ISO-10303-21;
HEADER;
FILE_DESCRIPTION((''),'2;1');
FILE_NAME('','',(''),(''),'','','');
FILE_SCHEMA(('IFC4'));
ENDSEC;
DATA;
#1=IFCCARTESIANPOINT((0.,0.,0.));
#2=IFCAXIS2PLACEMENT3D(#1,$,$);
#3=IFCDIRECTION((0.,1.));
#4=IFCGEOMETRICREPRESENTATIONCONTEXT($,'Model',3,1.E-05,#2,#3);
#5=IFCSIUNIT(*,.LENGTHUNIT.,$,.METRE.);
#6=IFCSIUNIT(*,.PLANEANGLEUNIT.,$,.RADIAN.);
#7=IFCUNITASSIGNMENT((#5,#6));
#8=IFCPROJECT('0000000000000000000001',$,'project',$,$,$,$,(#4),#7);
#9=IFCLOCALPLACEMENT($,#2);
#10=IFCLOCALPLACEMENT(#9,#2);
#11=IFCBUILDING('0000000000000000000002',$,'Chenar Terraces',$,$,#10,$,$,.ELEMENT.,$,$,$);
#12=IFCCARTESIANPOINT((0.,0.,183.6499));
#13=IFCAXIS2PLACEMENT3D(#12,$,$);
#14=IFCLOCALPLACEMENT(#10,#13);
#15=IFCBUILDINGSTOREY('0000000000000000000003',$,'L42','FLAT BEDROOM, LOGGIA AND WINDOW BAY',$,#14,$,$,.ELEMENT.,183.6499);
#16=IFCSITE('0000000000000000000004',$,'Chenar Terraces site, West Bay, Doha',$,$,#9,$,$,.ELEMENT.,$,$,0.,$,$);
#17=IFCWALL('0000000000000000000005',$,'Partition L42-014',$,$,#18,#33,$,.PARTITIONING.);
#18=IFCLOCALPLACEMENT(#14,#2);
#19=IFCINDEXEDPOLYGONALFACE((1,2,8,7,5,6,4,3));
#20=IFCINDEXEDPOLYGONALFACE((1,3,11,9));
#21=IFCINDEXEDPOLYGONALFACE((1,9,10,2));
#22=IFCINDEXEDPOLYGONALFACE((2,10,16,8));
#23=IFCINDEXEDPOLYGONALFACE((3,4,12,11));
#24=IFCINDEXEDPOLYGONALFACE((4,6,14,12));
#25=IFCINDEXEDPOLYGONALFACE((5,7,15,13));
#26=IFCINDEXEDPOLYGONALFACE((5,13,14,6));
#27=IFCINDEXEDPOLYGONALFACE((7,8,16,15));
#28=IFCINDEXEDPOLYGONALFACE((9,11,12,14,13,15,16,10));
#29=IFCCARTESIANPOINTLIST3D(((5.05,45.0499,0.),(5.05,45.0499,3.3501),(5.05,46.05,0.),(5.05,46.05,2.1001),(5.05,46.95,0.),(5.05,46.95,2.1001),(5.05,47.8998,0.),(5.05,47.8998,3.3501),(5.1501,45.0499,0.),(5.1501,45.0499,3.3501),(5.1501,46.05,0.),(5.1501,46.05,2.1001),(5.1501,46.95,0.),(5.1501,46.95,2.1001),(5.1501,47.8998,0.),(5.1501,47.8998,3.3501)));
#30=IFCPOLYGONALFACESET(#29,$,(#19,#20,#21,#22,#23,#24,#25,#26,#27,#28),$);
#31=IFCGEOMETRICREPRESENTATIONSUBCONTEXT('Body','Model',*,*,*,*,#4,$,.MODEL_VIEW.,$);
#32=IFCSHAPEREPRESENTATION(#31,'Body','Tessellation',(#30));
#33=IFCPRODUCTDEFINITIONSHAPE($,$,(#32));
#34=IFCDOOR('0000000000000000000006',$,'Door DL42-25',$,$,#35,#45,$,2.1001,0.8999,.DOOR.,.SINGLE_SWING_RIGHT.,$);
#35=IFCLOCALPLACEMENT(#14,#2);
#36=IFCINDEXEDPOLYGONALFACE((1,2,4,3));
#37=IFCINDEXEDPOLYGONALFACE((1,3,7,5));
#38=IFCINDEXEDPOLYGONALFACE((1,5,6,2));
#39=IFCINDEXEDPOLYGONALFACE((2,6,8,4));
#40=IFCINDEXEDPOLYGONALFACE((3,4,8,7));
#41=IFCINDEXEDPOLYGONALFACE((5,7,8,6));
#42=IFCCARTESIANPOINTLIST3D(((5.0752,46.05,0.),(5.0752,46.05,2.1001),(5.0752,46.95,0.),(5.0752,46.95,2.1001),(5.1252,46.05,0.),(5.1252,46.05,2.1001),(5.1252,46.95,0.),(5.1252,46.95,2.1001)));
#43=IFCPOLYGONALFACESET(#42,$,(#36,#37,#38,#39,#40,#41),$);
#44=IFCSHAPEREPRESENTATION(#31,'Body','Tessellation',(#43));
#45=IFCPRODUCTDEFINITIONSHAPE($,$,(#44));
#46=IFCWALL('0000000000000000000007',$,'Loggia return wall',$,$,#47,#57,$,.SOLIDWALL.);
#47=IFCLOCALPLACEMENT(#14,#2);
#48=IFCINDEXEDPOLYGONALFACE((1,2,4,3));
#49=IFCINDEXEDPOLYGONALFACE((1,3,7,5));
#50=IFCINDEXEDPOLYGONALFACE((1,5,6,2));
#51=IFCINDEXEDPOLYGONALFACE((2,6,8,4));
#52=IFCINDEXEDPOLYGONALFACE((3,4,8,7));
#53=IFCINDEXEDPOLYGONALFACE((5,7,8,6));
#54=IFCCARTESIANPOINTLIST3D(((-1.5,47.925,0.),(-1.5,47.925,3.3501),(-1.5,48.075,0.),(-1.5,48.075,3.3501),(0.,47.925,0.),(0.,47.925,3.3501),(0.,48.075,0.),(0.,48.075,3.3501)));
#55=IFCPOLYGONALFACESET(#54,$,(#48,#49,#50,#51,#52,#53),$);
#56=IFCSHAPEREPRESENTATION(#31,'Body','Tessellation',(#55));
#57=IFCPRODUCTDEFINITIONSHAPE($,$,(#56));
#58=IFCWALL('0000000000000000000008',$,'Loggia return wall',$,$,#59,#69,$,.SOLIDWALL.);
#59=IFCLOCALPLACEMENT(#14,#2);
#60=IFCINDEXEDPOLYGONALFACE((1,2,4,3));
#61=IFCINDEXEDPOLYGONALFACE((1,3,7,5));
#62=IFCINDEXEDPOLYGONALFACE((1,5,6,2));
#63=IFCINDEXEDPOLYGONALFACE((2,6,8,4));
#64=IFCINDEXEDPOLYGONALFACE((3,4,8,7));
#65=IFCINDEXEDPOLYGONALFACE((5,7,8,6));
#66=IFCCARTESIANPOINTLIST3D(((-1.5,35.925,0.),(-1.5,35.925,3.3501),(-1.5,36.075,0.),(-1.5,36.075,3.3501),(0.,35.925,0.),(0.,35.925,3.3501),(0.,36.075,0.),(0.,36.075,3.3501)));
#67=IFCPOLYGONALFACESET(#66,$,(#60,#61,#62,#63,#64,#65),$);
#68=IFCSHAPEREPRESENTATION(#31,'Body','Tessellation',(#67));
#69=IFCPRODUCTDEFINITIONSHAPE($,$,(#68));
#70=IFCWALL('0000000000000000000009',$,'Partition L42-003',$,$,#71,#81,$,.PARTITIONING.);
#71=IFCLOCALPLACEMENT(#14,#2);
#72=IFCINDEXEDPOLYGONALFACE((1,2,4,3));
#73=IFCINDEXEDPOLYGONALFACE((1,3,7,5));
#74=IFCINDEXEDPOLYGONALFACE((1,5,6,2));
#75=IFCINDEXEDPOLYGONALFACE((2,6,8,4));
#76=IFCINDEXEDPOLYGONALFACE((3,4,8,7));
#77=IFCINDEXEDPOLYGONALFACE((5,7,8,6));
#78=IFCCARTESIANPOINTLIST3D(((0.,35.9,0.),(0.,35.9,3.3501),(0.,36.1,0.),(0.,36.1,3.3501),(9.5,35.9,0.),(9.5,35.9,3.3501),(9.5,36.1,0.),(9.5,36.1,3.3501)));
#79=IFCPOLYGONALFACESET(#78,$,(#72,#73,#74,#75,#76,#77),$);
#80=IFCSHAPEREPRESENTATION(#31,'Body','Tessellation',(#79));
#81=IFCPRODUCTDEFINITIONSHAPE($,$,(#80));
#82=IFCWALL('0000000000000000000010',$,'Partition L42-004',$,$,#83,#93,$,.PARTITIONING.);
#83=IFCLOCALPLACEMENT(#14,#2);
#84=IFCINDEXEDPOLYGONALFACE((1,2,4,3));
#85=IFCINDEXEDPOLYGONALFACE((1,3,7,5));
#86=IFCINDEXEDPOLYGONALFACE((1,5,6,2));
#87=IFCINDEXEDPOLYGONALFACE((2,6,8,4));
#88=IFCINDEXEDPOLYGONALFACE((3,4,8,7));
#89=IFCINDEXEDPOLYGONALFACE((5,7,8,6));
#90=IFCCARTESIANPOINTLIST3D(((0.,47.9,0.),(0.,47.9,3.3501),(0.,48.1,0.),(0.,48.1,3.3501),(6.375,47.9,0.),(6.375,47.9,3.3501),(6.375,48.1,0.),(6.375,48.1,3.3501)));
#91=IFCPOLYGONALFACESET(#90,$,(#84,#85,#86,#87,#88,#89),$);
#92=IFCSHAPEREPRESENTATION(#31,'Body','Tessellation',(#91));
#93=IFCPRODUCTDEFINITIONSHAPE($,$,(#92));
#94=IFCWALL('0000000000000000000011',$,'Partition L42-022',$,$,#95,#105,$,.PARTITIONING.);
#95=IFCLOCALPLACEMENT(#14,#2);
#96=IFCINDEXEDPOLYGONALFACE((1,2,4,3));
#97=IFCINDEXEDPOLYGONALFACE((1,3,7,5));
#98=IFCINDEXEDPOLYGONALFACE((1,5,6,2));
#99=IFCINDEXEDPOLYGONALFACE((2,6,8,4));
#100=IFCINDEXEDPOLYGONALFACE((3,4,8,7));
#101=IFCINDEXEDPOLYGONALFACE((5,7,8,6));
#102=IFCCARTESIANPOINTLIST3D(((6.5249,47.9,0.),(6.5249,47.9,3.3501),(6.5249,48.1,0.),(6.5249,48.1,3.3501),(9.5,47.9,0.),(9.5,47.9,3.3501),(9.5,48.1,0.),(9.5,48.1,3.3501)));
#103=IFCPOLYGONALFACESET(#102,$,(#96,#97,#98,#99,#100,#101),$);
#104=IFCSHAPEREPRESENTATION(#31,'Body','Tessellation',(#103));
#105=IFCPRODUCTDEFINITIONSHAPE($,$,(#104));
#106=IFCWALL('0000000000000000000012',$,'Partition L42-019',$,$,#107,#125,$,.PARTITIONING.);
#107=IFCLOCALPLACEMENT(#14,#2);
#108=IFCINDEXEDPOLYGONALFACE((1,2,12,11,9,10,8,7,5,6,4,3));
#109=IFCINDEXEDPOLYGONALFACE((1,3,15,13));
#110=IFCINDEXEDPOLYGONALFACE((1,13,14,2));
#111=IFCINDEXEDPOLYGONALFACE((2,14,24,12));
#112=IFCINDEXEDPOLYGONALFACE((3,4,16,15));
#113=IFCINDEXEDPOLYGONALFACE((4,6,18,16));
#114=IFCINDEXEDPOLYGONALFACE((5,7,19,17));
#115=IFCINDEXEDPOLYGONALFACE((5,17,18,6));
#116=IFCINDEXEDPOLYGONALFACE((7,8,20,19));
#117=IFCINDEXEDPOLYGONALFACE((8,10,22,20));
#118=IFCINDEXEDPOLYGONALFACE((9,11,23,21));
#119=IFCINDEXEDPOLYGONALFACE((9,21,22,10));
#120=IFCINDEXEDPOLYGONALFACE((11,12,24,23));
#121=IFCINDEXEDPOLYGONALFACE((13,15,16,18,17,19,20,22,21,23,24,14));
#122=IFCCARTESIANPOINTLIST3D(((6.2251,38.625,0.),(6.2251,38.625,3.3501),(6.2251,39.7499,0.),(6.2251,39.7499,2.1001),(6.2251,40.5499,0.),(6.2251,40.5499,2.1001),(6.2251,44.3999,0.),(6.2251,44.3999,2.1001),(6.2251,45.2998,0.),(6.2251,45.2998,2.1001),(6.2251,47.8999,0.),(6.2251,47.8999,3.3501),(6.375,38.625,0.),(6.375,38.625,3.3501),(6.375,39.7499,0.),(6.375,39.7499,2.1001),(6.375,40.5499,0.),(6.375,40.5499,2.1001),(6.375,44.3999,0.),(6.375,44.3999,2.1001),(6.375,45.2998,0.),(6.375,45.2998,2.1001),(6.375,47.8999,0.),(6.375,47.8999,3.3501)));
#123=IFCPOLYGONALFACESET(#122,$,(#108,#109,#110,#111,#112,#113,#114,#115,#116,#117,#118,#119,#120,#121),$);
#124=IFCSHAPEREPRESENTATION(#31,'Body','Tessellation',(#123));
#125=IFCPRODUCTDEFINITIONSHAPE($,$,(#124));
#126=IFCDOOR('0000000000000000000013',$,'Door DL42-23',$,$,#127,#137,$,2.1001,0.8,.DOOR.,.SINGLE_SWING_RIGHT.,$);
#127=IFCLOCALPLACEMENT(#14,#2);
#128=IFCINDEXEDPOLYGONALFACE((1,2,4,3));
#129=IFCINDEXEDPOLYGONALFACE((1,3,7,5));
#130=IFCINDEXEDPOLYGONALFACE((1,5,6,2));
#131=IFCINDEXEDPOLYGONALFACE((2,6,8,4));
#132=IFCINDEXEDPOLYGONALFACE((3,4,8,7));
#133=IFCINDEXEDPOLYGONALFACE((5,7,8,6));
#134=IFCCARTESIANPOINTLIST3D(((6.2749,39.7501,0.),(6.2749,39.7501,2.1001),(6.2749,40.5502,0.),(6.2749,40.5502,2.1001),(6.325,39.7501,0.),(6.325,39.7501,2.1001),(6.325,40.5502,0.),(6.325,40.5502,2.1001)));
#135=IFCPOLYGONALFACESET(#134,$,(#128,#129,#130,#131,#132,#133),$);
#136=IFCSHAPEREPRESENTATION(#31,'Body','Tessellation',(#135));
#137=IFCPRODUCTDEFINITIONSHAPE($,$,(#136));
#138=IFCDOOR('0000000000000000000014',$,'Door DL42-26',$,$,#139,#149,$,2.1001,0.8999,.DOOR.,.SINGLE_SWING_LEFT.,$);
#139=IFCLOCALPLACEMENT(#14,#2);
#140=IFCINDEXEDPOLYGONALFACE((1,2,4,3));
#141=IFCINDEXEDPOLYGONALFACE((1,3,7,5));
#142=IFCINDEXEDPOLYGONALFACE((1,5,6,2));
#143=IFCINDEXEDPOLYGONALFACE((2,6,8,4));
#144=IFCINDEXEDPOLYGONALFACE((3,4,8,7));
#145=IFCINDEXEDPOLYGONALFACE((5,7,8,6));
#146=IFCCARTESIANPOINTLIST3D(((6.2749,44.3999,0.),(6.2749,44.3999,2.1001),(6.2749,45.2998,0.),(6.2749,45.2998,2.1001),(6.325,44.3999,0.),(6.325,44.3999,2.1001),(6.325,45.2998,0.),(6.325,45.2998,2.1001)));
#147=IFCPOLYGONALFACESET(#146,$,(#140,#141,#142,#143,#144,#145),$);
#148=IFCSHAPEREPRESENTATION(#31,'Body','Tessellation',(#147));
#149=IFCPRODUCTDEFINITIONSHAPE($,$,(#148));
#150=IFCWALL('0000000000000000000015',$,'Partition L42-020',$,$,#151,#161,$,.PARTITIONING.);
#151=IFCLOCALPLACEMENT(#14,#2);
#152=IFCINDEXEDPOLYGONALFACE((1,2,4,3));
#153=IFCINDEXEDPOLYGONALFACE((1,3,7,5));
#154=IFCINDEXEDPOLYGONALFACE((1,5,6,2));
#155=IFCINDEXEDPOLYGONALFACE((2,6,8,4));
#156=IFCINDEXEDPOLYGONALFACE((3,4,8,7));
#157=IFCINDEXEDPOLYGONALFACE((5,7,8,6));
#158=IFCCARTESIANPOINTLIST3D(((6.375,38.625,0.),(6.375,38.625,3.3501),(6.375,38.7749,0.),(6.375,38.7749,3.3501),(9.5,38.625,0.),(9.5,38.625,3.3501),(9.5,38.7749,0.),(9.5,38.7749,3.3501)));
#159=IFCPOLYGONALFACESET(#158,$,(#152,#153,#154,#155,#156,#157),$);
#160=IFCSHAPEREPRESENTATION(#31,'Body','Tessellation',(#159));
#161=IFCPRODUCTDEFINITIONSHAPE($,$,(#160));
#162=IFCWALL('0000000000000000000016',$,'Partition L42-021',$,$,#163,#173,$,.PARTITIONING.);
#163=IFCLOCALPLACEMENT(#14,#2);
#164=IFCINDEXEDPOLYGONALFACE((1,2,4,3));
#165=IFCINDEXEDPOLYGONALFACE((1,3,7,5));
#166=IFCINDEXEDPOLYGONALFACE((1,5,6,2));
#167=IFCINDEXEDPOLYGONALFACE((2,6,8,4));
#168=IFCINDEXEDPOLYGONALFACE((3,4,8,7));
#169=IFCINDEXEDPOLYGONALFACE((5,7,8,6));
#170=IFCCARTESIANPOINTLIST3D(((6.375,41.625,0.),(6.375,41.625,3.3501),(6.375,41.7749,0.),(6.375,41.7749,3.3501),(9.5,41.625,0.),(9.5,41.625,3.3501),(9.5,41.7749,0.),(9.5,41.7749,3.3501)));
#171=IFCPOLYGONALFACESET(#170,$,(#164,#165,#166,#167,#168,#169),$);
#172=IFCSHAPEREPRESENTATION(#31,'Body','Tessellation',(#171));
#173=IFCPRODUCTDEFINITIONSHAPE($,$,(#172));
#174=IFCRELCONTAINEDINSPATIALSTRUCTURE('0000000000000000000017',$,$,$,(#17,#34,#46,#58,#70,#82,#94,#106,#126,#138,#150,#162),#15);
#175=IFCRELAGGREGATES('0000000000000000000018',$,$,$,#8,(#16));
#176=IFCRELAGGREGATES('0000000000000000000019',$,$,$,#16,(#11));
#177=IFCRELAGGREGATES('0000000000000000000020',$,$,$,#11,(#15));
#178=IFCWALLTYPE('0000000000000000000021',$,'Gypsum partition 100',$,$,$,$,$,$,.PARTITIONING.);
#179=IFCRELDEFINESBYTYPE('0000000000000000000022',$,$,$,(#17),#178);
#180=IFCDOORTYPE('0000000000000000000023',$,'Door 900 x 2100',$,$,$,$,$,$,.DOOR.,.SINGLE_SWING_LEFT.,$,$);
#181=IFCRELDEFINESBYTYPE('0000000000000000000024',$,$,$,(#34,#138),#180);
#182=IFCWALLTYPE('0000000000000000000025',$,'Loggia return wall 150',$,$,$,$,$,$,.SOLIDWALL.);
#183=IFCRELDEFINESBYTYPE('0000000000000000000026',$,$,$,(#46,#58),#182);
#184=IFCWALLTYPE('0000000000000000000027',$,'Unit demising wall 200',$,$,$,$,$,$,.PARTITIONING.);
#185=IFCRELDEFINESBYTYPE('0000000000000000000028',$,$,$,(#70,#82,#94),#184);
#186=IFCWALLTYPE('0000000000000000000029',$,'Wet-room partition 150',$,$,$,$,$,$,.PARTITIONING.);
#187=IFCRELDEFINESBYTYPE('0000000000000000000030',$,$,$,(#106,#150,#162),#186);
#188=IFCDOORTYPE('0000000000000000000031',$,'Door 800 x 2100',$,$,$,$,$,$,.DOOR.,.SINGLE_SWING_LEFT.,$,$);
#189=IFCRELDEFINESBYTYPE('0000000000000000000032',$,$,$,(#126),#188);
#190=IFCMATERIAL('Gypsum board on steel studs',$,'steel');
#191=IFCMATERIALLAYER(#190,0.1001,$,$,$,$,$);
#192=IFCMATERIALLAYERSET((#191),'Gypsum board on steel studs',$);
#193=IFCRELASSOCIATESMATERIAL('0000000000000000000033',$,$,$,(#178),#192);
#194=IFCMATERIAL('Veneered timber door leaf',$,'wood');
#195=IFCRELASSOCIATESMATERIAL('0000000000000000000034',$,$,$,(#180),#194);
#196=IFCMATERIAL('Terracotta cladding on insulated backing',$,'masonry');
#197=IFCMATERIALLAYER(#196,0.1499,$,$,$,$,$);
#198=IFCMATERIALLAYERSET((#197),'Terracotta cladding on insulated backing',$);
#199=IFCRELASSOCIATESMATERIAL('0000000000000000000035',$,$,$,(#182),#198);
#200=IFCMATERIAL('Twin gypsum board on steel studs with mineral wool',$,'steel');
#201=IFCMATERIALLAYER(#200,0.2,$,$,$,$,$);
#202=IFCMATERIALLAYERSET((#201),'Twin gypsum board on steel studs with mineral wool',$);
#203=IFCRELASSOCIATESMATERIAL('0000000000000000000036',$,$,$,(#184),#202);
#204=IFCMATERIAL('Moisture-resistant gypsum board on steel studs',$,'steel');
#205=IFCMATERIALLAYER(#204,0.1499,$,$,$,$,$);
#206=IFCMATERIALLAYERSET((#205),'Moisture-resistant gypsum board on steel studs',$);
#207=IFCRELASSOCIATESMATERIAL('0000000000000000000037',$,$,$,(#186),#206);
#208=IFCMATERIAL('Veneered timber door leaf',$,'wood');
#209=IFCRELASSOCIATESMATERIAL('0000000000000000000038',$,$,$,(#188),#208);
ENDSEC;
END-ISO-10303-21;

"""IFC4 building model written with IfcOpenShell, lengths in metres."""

from ifc_helpers import new_model, si_unit, direction, frame, frame_2d, origin, place, context, subcontext, project, spatial, rectangle, extrude, material, layer, layer_set, type_object, element, fill, save


model = new_model("IFC4")

# Units and contexts
model_context = context("Model", 3, precision=1e-05, world=origin(), true_north=direction((0.0, 1.0)))
body_context = subcontext(model_context, "Body", "Model", "MODEL_VIEW")
ifc_project = project(units=[si_unit("LENGTHUNIT", "METRE"), si_unit("PLANEANGLEUNIT", "RADIAN")], contexts=[model_context])

# Site, building, storey
site_placement = place(None, origin())
site = spatial("IfcSite", under=ifc_project, at=site_placement, Name="Chenar Terraces site, West Bay, Doha", CompositionType="ELEMENT", RefElevation=0.0)
building_placement = place(site_placement, origin())
building = spatial("IfcBuilding", under=site, at=building_placement, Name="Chenar Terraces", CompositionType="ELEMENT")
storey_placement = place(building_placement, frame((0.0, 0.0, 183.6499)))
storey = spatial("IfcBuildingStorey", under=building, at=storey_placement, Name="L42", Description="FLAT BEDROOM, LOGGIA AND WINDOW BAY", CompositionType="ELEMENT", Elevation=183.6499)

# Shared definitions
placement = place(storey_placement, frame((0.0, 36.0, 0.0), z_axis=(0.0, 0.0, 1.0), x_axis=(1.0, 0.0, 0.0)))

# Shared definitions
ifc_material_1 = material(Name="Gypsum board on steel studs", Category="steel")
ifc_layer_1 = layer(ifc_material_1, 0.1001)
ifc_layer_set_1 = layer_set([ifc_layer_1], Name="Gypsum board on steel studs")
wall_type_1 = type_object("IfcWallType", Name="Gypsum partition 100", PredefinedType="PARTITIONING", material=ifc_layer_set_1)

# Wall, opening, door
ifc_material_2 = material(Name="Veneered timber door leaf", Category="wood")
door_type_1 = type_object("IfcDoorType", Name="Door 900 x 2100", OperationType="SINGLE_SWING_LEFT", PredefinedType="DOOR", material=ifc_material_2)
wall_1_placement = place(storey_placement, frame((5.1001, 45.05, 0.0), z_axis=(0.0, 0.0, 1.0), x_axis=(0.0, 1.0, 0.0)))
wall_1 = element("IfcWall", 1, at=wall_1_placement, inside=storey, type_object=wall_type_1, Name="Partition L42-014", PredefinedType="PARTITIONING", context=body_context, shape_type="SweptSolid", body=[
    extrude(rectangle(XDim=2.8499, YDim=0.1001, at=frame_2d((1.4248, 0.0))), origin(), (0.0, 0.0, 1.0), 3.3501),
])
opening_1_placement = place(wall_1_placement, frame((1.0, 0.0, 0.0)))
opening_1 = element("IfcOpeningElement", 2, at=opening_1_placement, cuts=wall_1, PredefinedType="OPENING", context=body_context, shape_type="SweptSolid", body=[
    extrude(rectangle(XDim=0.8999, YDim=2.1001, at=frame_2d((0.45, 1.05))), frame((0.0, 0.0601, 0.0), z_axis=(0.0, -1.0, 0.0), x_axis=(1.0, 0.0, 0.0)), (0.0, 0.0, 1.0), 0.1201),
])
door_1_placement = place(opening_1_placement, origin())
door_1 = element("IfcDoor", 3, at=door_1_placement, inside=storey, type_object=door_type_1, Name="Door DL42-25", OperationType="SINGLE_SWING_RIGHT", OverallHeight=2.1001, OverallWidth=0.8999, PredefinedType="DOOR", context=body_context, shape_type="SweptSolid", body=[
    extrude(rectangle(XDim=0.8999, YDim=2.1001, at=frame_2d((0.45, 1.05))), frame((0.0, 0.0249, 0.0), z_axis=(0.0, -1.0, 0.0), x_axis=(1.0, 0.0, 0.0)), (0.0, 0.0, 1.0), 0.05),
])
fill(opening_1, door_1)

# Walls
ifc_material_3 = material(Name="Terracotta cladding on insulated backing", Category="masonry")
ifc_layer_2 = layer(ifc_material_3, 0.1499)
ifc_layer_set_2 = layer_set([ifc_layer_2], Name="Terracotta cladding on insulated backing")
wall_type_2 = type_object("IfcWallType", Name="Loggia return wall 150", PredefinedType="SOLIDWALL", material=ifc_layer_set_2)
for number, where, z_axis, x_axis, name in (
    (4, (-1.5, 48.0, 0.0), (0.0, 0.0, 1.0), (1.0, 0.0, 0.0), "Loggia return wall"),
    (5, (-1.5, 36.0, 0.0), (0.0, 0.0, 1.0), (1.0, 0.0, 0.0), "Loggia return wall"),
):
    element("IfcWall", number, at=place(storey_placement, frame(where, z_axis=z_axis, x_axis=x_axis)), inside=storey, type_object=wall_type_2, Name=name, PredefinedType="SOLIDWALL", context=body_context, shape_type="SweptSolid", body=[
        extrude(rectangle(XDim=1.5, YDim=0.1499, at=frame_2d((0.75, 0.0))), origin(), (0.0, 0.0, 1.0), 3.3501),
    ])
ifc_material_4 = material(Name="Twin gypsum board on steel studs with mineral wool", Category="steel")
ifc_layer_3 = layer(ifc_material_4, 0.2)
ifc_layer_set_3 = layer_set([ifc_layer_3], Name="Twin gypsum board on steel studs with mineral wool")
wall_type_3 = type_object("IfcWallType", Name="Unit demising wall 200", PredefinedType="PARTITIONING", material=ifc_layer_set_3)
element("IfcWall", 6, at=placement, inside=storey, type_object=wall_type_3, Name="Partition L42-003", PredefinedType="PARTITIONING", context=body_context, shape_type="SweptSolid", body=[
    extrude(rectangle(XDim=9.5, YDim=0.2, at=frame_2d((4.75, 0.0))), origin(), (0.0, 0.0, 1.0), 3.3501),
])
wall_2_placement = place(storey_placement, frame((0.0, 48.0, 0.0), z_axis=(0.0, 0.0, 1.0), x_axis=(1.0, 0.0, 0.0)))
element("IfcWall", 7, at=wall_2_placement, inside=storey, type_object=wall_type_3, Name="Partition L42-004", PredefinedType="PARTITIONING", context=body_context, shape_type="SweptSolid", body=[
    extrude(rectangle(XDim=6.375, YDim=0.2, at=frame_2d((3.1875, 0.0))), origin(), (0.0, 0.0, 1.0), 3.3501),
])
wall_3_placement = place(storey_placement, frame((6.5249, 48.0, 0.0), z_axis=(0.0, 0.0, 1.0), x_axis=(1.0, 0.0, 0.0)))
element("IfcWall", 8, at=wall_3_placement, inside=storey, type_object=wall_type_3, Name="Partition L42-022", PredefinedType="PARTITIONING", context=body_context, shape_type="SweptSolid", body=[
    extrude(rectangle(XDim=2.9751, YDim=0.2, at=frame_2d((1.4875, 0.0))), origin(), (0.0, 0.0, 1.0), 3.3501),
])

# Wall, openings, doors
ifc_material_5 = material(Name="Moisture-resistant gypsum board on steel studs", Category="steel")
ifc_layer_4 = layer(ifc_material_5, 0.1499)
ifc_layer_set_4 = layer_set([ifc_layer_4], Name="Moisture-resistant gypsum board on steel studs")
wall_type_4 = type_object("IfcWallType", Name="Wet-room partition 150", PredefinedType="PARTITIONING", material=ifc_layer_set_4)
wall_4_placement = place(storey_placement, frame((6.3, 38.625, 0.0), z_axis=(0.0, 0.0, 1.0), x_axis=(0.0, 1.0, 0.0)))
wall_4 = element("IfcWall", 9, at=wall_4_placement, inside=storey, type_object=wall_type_4, Name="Partition L42-019", PredefinedType="PARTITIONING", context=body_context, shape_type="SweptSolid", body=[
    extrude(rectangle(XDim=9.2749, YDim=0.1499, at=frame_2d((4.6375, 0.0))), origin(), (0.0, 0.0, 1.0), 3.3501),
])
opening_2_placement = place(wall_4_placement, frame((1.125, 0.0, 0.0)))
opening_2 = element("IfcOpeningElement", 10, at=opening_2_placement, cuts=wall_4, PredefinedType="OPENING", context=body_context, shape_type="SweptSolid", body=[
    extrude(rectangle(XDim=0.8, YDim=2.1001, at=frame_2d((0.3999, 1.05))), frame((0.0, 0.085, 0.0), z_axis=(0.0, -1.0, 0.0), x_axis=(1.0, 0.0, 0.0)), (0.0, 0.0, 1.0), 0.1699),
])
opening_3_placement = place(wall_4_placement, frame((5.7749, 0.0, 0.0)))
opening_3 = element("IfcOpeningElement", 11, at=opening_3_placement, cuts=wall_4, PredefinedType="OPENING", context=body_context, shape_type="SweptSolid", body=[
    extrude(rectangle(XDim=0.8999, YDim=2.1001, at=frame_2d((0.45, 1.05))), frame((0.0, 0.085, 0.0), z_axis=(0.0, -1.0, 0.0), x_axis=(1.0, 0.0, 0.0)), (0.0, 0.0, 1.0), 0.1699),
])
ifc_material_6 = material(Name="Veneered timber door leaf", Category="wood")
door_type_2 = type_object("IfcDoorType", Name="Door 800 x 2100", OperationType="SINGLE_SWING_LEFT", PredefinedType="DOOR", material=ifc_material_6)
door_2_placement = place(opening_2_placement, frame((0.8, 0.0, 0.0), z_axis=(0.0, 0.0, 1.0), x_axis=(-1.0, 0.0, 0.0)))
door_2 = element("IfcDoor", 12, at=door_2_placement, inside=storey, type_object=door_type_2, Name="Door DL42-23", OperationType="SINGLE_SWING_RIGHT", OverallHeight=2.1001, OverallWidth=0.8, PredefinedType="DOOR", context=body_context, shape_type="SweptSolid", body=[
    extrude(rectangle(XDim=0.8, YDim=2.1001, at=frame_2d((0.3999, 1.05))), frame((0.0, 0.0249, 0.0), z_axis=(0.0, -1.0, 0.0), x_axis=(1.0, 0.0, 0.0)), (0.0, 0.0, 1.0), 0.05),
])
fill(opening_2, door_2)
door_3_placement = place(opening_3_placement, frame((0.8999, 0.0, 0.0), z_axis=(0.0, 0.0, 1.0), x_axis=(-1.0, 0.0, 0.0)))
door_3 = element("IfcDoor", 13, at=door_3_placement, inside=storey, type_object=door_type_1, Name="Door DL42-26", OperationType="SINGLE_SWING_LEFT", OverallHeight=2.1001, OverallWidth=0.8999, PredefinedType="DOOR", context=body_context, shape_type="SweptSolid", body=[
    extrude(rectangle(XDim=0.8999, YDim=2.1001, at=frame_2d((0.45, 1.05))), frame((0.0, 0.0249, 0.0), z_axis=(0.0, -1.0, 0.0), x_axis=(1.0, 0.0, 0.0)), (0.0, 0.0, 1.0), 0.05),
])
fill(opening_3, door_3)

# Walls
for number, where, z_axis, x_axis, name in (
    (14, (6.375, 38.7, 0.0), (0.0, 0.0, 1.0), (1.0, 0.0, 0.0), "Partition L42-020"),
    (15, (6.375, 41.7, 0.0), (0.0, 0.0, 1.0), (1.0, 0.0, 0.0), "Partition L42-021"),
):
    element("IfcWall", number, at=place(storey_placement, frame(where, z_axis=z_axis, x_axis=x_axis)), inside=storey, type_object=wall_type_4, Name=name, PredefinedType="PARTITIONING", context=body_context, shape_type="SweptSolid", body=[
        extrude(rectangle(XDim=3.125, YDim=0.1499, at=frame_2d((1.5625, 0.0))), origin(), (0.0, 0.0, 1.0), 3.3501),
    ])

save(model, "model.ifc")
